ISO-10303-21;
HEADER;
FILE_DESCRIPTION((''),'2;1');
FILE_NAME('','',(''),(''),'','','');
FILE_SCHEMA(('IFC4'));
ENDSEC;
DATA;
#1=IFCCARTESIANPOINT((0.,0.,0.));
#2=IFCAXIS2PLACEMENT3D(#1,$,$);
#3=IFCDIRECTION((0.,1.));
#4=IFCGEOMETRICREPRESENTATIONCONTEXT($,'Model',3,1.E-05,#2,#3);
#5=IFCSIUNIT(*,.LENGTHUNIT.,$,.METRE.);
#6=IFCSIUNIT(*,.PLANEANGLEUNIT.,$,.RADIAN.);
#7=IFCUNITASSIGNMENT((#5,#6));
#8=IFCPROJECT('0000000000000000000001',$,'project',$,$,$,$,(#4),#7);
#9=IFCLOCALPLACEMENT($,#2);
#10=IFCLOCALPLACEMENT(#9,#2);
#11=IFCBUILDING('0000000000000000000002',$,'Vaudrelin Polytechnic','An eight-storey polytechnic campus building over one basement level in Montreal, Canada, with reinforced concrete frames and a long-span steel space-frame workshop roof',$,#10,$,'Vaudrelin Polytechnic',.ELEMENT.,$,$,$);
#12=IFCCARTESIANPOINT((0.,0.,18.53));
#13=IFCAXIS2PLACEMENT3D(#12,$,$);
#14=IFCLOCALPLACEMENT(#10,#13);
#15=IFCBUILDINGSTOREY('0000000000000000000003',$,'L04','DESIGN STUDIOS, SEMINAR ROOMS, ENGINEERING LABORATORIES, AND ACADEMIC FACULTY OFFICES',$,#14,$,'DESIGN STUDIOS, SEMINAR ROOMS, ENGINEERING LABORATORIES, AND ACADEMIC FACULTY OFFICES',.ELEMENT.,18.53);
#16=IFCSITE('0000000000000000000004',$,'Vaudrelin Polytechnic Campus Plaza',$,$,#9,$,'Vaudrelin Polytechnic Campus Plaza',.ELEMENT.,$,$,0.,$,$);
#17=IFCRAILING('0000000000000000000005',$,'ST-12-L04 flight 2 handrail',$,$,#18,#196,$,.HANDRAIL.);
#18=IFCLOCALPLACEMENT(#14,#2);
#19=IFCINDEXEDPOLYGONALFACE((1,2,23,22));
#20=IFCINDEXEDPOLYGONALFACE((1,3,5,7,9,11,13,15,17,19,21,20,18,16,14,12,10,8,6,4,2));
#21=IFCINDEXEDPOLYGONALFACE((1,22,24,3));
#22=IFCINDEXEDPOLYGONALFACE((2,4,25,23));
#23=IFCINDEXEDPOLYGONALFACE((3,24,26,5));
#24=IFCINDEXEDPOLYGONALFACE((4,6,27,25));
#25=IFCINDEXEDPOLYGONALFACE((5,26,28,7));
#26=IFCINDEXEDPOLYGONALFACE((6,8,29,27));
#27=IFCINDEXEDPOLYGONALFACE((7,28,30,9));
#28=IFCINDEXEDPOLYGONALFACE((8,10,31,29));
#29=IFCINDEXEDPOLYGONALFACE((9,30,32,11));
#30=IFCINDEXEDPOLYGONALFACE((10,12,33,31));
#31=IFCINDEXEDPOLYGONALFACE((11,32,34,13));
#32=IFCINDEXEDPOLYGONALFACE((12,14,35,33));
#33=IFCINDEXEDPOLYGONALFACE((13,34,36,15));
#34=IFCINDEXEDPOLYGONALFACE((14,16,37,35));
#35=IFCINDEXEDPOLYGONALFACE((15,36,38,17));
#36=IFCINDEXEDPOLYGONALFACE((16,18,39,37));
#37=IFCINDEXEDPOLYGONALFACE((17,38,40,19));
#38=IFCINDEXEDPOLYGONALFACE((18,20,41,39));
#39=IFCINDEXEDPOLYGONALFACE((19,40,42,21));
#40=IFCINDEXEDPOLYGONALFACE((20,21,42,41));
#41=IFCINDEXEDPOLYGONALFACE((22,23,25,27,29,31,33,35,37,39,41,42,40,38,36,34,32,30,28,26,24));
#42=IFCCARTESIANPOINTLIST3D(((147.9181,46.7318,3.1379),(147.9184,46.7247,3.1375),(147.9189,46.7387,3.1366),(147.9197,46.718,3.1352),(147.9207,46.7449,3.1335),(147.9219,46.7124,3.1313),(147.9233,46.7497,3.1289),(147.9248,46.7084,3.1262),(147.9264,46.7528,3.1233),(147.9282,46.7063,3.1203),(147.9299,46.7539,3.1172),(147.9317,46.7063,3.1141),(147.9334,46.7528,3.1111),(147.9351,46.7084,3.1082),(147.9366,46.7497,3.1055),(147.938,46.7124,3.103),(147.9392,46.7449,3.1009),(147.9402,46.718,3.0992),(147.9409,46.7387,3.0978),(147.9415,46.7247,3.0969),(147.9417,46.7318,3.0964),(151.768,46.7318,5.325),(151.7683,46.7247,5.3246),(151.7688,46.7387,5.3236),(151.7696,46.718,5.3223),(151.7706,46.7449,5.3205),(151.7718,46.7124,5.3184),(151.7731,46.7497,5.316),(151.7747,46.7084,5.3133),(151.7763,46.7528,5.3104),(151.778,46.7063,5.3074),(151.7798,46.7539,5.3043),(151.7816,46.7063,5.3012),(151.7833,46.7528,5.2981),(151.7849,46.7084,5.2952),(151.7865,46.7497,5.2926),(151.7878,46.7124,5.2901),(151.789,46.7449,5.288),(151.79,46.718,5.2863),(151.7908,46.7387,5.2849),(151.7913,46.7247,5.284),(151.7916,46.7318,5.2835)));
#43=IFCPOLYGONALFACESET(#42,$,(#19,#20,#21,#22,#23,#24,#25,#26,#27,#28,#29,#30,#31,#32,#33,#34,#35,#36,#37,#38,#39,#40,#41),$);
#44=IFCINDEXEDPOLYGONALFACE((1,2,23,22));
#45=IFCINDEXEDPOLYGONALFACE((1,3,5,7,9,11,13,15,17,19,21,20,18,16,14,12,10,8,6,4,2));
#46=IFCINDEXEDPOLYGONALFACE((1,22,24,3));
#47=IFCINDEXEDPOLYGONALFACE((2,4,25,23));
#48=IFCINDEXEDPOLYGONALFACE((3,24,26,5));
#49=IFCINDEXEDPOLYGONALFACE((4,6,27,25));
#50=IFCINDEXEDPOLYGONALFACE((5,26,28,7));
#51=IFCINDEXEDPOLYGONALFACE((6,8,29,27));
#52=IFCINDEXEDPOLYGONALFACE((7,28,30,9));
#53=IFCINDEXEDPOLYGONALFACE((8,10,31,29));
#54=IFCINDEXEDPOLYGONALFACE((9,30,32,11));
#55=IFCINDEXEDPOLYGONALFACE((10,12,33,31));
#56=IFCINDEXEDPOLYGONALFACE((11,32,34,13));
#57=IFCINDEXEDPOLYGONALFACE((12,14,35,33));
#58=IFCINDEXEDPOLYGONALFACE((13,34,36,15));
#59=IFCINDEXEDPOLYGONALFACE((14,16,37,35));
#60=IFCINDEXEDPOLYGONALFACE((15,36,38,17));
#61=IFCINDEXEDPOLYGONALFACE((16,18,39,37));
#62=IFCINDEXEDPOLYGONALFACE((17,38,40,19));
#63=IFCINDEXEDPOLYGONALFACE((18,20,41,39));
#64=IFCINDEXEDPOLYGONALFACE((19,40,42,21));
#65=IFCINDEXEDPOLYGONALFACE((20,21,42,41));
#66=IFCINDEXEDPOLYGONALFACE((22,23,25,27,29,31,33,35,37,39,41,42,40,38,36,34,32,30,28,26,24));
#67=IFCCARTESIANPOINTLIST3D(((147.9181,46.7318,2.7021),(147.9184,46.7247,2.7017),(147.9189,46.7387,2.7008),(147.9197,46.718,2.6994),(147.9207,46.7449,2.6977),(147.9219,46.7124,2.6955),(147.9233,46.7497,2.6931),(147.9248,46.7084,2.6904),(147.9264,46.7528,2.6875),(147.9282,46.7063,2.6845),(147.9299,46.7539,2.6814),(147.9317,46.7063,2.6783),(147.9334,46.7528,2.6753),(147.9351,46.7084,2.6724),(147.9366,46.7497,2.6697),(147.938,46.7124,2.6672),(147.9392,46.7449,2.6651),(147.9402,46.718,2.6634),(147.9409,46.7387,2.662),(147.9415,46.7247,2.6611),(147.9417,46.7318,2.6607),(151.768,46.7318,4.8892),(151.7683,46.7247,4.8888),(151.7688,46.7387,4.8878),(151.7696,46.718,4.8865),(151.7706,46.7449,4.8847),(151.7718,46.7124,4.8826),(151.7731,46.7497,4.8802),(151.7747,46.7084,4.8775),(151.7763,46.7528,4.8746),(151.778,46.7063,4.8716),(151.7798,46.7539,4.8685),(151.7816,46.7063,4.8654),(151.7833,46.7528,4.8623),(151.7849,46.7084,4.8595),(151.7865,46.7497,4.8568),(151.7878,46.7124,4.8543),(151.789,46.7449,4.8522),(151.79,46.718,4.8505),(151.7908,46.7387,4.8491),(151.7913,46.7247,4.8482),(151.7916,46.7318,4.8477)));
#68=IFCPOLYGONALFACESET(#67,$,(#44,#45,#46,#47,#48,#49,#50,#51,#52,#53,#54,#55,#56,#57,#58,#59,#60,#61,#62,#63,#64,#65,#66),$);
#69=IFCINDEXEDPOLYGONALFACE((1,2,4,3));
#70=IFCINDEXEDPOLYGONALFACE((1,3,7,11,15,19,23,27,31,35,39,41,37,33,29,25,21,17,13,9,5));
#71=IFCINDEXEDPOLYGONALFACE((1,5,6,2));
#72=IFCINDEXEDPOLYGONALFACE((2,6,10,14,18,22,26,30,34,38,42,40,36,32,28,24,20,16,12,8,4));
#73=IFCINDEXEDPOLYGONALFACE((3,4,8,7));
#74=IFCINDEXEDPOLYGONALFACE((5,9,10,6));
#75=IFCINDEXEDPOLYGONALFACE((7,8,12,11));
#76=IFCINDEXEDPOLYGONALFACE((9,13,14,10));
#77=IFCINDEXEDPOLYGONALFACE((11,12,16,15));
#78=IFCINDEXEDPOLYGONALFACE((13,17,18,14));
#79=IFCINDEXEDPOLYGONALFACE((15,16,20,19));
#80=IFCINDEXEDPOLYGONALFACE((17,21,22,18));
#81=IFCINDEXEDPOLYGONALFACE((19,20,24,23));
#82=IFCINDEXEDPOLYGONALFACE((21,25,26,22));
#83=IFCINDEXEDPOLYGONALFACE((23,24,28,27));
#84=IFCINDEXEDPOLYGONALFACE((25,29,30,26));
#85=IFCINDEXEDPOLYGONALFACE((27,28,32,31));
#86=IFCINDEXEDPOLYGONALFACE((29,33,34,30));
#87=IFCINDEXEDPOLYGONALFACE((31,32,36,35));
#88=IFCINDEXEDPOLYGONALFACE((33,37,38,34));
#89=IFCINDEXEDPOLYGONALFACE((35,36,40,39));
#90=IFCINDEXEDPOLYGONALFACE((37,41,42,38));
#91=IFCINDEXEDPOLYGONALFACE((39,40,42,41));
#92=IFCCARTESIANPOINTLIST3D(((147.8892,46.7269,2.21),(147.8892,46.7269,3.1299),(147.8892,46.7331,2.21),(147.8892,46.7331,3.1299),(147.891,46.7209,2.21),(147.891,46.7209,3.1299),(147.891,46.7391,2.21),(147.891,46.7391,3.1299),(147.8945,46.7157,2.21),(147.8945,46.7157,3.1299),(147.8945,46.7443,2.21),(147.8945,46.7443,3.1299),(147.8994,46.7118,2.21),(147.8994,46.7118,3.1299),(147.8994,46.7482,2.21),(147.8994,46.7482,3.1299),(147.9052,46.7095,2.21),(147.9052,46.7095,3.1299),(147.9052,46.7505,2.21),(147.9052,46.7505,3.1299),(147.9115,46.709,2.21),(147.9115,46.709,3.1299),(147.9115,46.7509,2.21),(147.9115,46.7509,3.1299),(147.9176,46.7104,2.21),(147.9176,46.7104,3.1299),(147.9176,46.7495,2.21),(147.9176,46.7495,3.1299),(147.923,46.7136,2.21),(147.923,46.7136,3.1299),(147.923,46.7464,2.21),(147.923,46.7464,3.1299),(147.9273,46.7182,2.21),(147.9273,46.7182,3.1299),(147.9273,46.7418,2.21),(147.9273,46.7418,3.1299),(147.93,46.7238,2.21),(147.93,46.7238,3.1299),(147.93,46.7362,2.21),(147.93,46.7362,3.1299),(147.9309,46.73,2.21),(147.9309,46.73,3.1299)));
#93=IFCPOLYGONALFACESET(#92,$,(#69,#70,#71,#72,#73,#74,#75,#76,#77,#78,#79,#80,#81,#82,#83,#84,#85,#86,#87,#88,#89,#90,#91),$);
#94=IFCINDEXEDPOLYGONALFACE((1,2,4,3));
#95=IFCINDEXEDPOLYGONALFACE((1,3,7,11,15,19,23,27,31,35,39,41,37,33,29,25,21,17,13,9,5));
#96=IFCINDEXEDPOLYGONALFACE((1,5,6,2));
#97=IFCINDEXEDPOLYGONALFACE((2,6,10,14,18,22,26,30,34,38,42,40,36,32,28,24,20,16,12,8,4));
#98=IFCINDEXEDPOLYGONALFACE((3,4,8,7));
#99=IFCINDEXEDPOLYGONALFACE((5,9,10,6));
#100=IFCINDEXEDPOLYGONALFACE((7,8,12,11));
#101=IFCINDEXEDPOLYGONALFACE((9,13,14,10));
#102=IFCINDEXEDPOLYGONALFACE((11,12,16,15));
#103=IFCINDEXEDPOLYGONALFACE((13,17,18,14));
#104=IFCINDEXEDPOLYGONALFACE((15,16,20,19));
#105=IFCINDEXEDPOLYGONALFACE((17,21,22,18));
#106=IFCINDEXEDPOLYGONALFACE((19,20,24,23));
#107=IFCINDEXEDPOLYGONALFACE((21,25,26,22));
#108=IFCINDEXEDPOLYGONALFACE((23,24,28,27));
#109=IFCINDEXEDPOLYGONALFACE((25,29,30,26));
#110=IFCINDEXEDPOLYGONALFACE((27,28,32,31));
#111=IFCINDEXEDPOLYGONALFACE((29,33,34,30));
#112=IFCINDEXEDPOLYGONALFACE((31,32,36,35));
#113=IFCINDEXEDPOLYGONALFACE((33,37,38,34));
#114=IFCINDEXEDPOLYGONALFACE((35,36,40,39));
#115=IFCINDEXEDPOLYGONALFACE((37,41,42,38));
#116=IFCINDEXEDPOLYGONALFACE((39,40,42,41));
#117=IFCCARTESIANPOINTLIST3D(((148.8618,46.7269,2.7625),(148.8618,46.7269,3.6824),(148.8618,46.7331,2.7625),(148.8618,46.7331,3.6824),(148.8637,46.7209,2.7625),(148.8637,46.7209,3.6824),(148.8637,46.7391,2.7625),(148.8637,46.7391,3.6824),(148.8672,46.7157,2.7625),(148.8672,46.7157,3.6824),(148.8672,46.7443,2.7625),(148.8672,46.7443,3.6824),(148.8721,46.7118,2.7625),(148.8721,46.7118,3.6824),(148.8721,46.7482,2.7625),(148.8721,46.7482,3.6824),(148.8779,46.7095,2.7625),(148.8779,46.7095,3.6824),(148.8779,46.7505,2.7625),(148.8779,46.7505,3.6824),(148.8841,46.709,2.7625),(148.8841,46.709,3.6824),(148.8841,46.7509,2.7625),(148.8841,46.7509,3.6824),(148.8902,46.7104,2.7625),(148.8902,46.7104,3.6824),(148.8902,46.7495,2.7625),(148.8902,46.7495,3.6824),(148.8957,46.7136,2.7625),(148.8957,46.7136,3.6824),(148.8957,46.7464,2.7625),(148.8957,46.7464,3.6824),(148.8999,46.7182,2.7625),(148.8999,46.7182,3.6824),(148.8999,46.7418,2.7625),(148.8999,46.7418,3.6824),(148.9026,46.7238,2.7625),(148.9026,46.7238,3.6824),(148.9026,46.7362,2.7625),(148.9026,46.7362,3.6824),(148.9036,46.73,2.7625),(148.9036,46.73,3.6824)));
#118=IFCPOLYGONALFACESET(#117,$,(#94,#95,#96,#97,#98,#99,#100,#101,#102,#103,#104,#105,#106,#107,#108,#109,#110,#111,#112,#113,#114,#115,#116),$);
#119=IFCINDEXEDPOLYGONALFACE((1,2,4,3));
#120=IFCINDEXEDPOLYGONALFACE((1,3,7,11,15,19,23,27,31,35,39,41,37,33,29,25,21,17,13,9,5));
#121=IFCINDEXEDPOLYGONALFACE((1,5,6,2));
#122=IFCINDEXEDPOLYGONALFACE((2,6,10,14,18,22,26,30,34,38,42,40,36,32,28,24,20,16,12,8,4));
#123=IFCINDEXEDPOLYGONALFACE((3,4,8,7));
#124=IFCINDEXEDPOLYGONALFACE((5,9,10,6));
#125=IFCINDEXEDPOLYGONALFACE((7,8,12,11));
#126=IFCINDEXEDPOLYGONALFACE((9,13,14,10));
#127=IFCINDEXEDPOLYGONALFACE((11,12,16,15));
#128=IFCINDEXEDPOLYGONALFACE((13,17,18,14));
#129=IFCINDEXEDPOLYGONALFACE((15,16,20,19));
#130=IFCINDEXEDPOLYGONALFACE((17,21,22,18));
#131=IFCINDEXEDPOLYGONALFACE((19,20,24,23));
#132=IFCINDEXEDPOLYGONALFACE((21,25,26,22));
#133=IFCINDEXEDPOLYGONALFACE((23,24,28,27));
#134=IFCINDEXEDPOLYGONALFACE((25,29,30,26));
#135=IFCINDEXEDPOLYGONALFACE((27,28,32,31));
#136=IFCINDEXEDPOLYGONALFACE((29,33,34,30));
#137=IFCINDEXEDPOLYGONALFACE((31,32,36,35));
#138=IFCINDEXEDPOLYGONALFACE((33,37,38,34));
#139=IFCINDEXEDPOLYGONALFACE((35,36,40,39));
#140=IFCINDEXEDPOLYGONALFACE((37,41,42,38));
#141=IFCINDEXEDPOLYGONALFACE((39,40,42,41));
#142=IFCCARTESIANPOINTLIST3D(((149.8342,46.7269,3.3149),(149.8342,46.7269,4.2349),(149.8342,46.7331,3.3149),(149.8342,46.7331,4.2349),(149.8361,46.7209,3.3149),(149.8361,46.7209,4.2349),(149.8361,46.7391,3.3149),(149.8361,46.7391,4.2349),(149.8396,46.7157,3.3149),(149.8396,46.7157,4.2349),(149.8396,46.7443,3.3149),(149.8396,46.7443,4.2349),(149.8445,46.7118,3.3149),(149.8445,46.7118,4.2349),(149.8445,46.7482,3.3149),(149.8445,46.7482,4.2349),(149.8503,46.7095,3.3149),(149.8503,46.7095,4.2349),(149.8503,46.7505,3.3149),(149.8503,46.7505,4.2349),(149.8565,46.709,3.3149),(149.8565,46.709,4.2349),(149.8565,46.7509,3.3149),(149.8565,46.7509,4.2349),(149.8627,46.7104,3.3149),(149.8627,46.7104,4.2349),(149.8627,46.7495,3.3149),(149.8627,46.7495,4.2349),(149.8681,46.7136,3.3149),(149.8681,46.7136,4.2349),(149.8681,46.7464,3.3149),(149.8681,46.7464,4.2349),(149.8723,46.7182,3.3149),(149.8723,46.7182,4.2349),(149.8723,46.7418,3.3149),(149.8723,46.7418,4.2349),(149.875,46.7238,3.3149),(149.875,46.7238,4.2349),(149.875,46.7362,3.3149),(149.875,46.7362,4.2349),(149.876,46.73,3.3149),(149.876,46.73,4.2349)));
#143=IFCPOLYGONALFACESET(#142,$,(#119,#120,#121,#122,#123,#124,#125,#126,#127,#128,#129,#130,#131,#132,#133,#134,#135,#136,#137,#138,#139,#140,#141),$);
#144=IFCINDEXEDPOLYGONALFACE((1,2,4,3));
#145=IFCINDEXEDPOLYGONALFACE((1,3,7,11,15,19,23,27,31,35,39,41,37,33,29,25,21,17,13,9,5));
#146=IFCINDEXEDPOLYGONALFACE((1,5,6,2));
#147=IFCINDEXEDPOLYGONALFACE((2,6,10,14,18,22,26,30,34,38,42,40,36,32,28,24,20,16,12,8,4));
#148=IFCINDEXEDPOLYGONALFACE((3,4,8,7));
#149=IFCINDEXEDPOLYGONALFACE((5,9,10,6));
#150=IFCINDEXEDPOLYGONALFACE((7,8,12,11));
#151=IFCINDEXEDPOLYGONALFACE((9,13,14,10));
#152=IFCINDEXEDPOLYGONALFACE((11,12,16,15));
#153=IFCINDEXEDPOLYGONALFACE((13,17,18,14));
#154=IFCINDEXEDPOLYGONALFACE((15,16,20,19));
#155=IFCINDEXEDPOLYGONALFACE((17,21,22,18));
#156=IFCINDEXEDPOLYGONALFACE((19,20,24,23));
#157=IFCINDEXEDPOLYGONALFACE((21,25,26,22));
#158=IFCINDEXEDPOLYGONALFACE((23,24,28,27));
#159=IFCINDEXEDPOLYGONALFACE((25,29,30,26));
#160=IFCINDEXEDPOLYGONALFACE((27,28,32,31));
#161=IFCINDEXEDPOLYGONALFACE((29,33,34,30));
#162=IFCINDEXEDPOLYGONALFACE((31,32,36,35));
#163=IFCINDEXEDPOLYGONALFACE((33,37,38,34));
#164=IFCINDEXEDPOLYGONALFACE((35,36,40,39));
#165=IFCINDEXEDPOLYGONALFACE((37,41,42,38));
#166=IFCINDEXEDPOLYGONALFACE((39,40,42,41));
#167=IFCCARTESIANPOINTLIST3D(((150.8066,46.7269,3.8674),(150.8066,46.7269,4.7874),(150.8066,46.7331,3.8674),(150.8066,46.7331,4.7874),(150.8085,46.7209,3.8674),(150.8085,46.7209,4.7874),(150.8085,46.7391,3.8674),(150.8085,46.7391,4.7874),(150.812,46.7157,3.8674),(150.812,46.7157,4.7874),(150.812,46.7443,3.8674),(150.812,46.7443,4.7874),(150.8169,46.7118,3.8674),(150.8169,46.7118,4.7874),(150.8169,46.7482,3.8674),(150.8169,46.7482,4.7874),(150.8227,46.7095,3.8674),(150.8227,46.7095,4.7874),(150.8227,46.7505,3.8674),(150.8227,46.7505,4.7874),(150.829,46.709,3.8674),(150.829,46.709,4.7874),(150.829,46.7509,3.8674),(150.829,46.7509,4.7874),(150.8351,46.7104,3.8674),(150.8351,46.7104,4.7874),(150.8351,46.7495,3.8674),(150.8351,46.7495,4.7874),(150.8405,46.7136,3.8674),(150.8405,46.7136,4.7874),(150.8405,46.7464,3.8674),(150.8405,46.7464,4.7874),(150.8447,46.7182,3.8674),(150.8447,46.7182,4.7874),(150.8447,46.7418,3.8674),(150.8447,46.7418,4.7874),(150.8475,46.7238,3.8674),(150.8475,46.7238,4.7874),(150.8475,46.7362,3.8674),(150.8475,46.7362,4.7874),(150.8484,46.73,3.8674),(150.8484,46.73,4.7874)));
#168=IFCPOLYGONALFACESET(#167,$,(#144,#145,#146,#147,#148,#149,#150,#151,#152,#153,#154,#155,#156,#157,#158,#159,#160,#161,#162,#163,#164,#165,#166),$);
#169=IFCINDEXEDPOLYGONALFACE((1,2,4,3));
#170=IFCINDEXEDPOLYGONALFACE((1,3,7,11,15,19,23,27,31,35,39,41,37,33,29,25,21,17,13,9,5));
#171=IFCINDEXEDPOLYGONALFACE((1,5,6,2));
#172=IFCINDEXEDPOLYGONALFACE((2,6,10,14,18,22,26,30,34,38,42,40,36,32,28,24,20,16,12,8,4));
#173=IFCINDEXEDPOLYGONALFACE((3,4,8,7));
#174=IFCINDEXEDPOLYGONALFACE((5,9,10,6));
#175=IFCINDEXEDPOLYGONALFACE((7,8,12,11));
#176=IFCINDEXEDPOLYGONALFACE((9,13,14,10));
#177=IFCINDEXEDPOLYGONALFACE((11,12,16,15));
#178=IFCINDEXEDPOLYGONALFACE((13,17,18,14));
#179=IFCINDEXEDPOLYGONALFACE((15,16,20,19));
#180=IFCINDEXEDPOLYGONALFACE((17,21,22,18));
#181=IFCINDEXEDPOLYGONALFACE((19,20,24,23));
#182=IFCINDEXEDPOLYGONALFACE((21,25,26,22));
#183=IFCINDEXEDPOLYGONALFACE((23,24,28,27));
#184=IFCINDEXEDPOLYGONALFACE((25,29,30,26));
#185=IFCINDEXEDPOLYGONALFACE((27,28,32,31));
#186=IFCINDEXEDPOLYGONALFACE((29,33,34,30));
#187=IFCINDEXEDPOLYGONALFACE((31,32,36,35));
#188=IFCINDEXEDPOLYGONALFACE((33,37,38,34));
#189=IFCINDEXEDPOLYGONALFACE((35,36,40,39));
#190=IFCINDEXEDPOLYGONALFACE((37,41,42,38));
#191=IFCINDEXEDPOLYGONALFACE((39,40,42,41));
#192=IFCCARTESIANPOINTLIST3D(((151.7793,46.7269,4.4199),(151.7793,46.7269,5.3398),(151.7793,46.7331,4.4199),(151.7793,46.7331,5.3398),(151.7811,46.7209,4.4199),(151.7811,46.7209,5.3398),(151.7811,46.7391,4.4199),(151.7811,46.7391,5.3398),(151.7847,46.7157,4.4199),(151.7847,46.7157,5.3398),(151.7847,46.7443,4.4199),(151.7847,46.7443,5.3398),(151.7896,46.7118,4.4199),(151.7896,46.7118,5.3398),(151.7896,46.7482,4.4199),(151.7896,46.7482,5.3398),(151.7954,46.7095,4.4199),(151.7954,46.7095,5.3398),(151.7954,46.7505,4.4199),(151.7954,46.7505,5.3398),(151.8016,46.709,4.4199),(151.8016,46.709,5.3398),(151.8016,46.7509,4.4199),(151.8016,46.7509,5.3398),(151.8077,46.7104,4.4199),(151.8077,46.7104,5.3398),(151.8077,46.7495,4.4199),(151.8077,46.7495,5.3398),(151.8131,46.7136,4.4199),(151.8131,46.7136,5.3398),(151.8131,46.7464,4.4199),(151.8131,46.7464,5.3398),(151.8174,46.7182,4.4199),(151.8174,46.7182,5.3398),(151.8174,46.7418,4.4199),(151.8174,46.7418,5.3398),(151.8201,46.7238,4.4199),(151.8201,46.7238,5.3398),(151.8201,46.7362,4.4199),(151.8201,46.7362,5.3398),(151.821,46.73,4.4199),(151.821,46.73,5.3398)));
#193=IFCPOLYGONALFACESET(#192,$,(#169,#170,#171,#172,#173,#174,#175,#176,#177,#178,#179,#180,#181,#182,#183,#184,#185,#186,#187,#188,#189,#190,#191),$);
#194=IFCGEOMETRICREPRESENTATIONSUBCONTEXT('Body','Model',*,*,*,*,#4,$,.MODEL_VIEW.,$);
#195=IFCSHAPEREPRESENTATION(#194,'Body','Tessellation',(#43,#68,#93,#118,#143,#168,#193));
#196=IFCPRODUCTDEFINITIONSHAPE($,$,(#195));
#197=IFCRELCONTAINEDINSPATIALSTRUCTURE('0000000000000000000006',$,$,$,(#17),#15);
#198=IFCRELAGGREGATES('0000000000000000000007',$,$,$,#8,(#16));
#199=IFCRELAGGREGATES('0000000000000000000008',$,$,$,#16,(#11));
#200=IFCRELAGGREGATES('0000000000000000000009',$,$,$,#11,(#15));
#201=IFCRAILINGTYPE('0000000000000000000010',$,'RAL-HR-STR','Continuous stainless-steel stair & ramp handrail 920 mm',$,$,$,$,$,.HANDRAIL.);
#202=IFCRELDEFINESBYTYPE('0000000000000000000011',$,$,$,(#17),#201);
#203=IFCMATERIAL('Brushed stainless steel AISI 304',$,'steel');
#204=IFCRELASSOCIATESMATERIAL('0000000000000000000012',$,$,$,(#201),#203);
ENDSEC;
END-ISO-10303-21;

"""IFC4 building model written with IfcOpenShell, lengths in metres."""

from ifc_helpers import new_model, si_unit, direction, frame, origin, origin_2d, place, context, subcontext, project, spatial, circle, extrude, material, type_object, element, save


model = new_model("IFC4")

# Units and contexts
model_context = context("Model", 3, precision=1e-05, world=origin(), true_north=direction((0.0, 1.0)))
body_context = subcontext(model_context, "Body", "Model", "MODEL_VIEW")
ifc_project = project(units=[si_unit("LENGTHUNIT", "METRE"), si_unit("PLANEANGLEUNIT", "RADIAN")], contexts=[model_context])

# Site, building, storey
site_placement = place(None, origin())
site = spatial("IfcSite", under=ifc_project, at=site_placement, Name="Vaudrelin Polytechnic Campus Plaza", LongName="Vaudrelin Polytechnic Campus Plaza", CompositionType="ELEMENT", RefElevation=0.0)
building_placement = place(site_placement, origin())
building = spatial("IfcBuilding", under=site, at=building_placement, Name="Vaudrelin Polytechnic", Description="An eight-storey polytechnic campus building over one basement level in Montreal, Canada, with reinforced concrete frames and a long-span steel space-frame workshop roof", LongName="Vaudrelin Polytechnic", CompositionType="ELEMENT")
storey_placement = place(building_placement, frame((0.0, 0.0, 18.53)))
storey = spatial("IfcBuildingStorey", under=building, at=storey_placement, Name="L04", Description="DESIGN STUDIOS, SEMINAR ROOMS, ENGINEERING LABORATORIES, AND ACADEMIC FACULTY OFFICES", LongName="DESIGN STUDIOS, SEMINAR ROOMS, ENGINEERING LABORATORIES, AND ACADEMIC FACULTY OFFICES", CompositionType="ELEMENT", Elevation=18.53)

# Railing
ifc_material_1 = material(Name="Brushed stainless steel AISI 304", Category="steel")
railing_type_1 = type_object("IfcRailingType", Name="RAL-HR-STR", Description="Continuous stainless-steel stair & ramp handrail 920 mm", PredefinedType="HANDRAIL", material=ifc_material_1)
railing_1_placement = place(storey_placement, frame((147.9099, 46.73, 2.21)))
element("IfcRailing", 1, at=railing_1_placement, inside=storey, type_object=railing_type_1, Name="ST-12-L04 flight 2 handrail", PredefinedType="HANDRAIL", context=body_context, shape_type="SweptSolid", body=[
    extrude(circle(Radius=0.0239, at=origin_2d()), frame((0.02, 0.0, 0.9072), z_axis=(0.86949, 0.0, 0.493951), x_axis=(0.0, 1.0, 0.0)), (0.0, 0.0, 1.0), 4.4277),
    extrude(circle(Radius=0.0239, at=origin_2d()), frame((0.02, 0.0, 0.4714), z_axis=(0.86949, 0.0, 0.493951), x_axis=(0.0, 1.0, 0.0)), (0.0, 0.0, 1.0), 4.4277),
    extrude(circle(Radius=0.021, at=origin_2d()), origin(), (0.0, 0.0, 1.0), 0.9199),
    extrude(circle(Radius=0.021, at=origin_2d()), frame((0.9727, 0.0, 0.5525)), (0.0, 0.0, 1.0), 0.9199),
    extrude(circle(Radius=0.021, at=origin_2d()), frame((1.9451, 0.0, 1.105)), (0.0, 0.0, 1.0), 0.9199),
    extrude(circle(Radius=0.021, at=origin_2d()), frame((2.9175, 0.0, 1.6575)), (0.0, 0.0, 1.0), 0.9199),
    extrude(circle(Radius=0.021, at=origin_2d()), frame((3.8901, 0.0, 2.21)), (0.0, 0.0, 1.0), 0.9199),
])

save(model, "model.ifc")
